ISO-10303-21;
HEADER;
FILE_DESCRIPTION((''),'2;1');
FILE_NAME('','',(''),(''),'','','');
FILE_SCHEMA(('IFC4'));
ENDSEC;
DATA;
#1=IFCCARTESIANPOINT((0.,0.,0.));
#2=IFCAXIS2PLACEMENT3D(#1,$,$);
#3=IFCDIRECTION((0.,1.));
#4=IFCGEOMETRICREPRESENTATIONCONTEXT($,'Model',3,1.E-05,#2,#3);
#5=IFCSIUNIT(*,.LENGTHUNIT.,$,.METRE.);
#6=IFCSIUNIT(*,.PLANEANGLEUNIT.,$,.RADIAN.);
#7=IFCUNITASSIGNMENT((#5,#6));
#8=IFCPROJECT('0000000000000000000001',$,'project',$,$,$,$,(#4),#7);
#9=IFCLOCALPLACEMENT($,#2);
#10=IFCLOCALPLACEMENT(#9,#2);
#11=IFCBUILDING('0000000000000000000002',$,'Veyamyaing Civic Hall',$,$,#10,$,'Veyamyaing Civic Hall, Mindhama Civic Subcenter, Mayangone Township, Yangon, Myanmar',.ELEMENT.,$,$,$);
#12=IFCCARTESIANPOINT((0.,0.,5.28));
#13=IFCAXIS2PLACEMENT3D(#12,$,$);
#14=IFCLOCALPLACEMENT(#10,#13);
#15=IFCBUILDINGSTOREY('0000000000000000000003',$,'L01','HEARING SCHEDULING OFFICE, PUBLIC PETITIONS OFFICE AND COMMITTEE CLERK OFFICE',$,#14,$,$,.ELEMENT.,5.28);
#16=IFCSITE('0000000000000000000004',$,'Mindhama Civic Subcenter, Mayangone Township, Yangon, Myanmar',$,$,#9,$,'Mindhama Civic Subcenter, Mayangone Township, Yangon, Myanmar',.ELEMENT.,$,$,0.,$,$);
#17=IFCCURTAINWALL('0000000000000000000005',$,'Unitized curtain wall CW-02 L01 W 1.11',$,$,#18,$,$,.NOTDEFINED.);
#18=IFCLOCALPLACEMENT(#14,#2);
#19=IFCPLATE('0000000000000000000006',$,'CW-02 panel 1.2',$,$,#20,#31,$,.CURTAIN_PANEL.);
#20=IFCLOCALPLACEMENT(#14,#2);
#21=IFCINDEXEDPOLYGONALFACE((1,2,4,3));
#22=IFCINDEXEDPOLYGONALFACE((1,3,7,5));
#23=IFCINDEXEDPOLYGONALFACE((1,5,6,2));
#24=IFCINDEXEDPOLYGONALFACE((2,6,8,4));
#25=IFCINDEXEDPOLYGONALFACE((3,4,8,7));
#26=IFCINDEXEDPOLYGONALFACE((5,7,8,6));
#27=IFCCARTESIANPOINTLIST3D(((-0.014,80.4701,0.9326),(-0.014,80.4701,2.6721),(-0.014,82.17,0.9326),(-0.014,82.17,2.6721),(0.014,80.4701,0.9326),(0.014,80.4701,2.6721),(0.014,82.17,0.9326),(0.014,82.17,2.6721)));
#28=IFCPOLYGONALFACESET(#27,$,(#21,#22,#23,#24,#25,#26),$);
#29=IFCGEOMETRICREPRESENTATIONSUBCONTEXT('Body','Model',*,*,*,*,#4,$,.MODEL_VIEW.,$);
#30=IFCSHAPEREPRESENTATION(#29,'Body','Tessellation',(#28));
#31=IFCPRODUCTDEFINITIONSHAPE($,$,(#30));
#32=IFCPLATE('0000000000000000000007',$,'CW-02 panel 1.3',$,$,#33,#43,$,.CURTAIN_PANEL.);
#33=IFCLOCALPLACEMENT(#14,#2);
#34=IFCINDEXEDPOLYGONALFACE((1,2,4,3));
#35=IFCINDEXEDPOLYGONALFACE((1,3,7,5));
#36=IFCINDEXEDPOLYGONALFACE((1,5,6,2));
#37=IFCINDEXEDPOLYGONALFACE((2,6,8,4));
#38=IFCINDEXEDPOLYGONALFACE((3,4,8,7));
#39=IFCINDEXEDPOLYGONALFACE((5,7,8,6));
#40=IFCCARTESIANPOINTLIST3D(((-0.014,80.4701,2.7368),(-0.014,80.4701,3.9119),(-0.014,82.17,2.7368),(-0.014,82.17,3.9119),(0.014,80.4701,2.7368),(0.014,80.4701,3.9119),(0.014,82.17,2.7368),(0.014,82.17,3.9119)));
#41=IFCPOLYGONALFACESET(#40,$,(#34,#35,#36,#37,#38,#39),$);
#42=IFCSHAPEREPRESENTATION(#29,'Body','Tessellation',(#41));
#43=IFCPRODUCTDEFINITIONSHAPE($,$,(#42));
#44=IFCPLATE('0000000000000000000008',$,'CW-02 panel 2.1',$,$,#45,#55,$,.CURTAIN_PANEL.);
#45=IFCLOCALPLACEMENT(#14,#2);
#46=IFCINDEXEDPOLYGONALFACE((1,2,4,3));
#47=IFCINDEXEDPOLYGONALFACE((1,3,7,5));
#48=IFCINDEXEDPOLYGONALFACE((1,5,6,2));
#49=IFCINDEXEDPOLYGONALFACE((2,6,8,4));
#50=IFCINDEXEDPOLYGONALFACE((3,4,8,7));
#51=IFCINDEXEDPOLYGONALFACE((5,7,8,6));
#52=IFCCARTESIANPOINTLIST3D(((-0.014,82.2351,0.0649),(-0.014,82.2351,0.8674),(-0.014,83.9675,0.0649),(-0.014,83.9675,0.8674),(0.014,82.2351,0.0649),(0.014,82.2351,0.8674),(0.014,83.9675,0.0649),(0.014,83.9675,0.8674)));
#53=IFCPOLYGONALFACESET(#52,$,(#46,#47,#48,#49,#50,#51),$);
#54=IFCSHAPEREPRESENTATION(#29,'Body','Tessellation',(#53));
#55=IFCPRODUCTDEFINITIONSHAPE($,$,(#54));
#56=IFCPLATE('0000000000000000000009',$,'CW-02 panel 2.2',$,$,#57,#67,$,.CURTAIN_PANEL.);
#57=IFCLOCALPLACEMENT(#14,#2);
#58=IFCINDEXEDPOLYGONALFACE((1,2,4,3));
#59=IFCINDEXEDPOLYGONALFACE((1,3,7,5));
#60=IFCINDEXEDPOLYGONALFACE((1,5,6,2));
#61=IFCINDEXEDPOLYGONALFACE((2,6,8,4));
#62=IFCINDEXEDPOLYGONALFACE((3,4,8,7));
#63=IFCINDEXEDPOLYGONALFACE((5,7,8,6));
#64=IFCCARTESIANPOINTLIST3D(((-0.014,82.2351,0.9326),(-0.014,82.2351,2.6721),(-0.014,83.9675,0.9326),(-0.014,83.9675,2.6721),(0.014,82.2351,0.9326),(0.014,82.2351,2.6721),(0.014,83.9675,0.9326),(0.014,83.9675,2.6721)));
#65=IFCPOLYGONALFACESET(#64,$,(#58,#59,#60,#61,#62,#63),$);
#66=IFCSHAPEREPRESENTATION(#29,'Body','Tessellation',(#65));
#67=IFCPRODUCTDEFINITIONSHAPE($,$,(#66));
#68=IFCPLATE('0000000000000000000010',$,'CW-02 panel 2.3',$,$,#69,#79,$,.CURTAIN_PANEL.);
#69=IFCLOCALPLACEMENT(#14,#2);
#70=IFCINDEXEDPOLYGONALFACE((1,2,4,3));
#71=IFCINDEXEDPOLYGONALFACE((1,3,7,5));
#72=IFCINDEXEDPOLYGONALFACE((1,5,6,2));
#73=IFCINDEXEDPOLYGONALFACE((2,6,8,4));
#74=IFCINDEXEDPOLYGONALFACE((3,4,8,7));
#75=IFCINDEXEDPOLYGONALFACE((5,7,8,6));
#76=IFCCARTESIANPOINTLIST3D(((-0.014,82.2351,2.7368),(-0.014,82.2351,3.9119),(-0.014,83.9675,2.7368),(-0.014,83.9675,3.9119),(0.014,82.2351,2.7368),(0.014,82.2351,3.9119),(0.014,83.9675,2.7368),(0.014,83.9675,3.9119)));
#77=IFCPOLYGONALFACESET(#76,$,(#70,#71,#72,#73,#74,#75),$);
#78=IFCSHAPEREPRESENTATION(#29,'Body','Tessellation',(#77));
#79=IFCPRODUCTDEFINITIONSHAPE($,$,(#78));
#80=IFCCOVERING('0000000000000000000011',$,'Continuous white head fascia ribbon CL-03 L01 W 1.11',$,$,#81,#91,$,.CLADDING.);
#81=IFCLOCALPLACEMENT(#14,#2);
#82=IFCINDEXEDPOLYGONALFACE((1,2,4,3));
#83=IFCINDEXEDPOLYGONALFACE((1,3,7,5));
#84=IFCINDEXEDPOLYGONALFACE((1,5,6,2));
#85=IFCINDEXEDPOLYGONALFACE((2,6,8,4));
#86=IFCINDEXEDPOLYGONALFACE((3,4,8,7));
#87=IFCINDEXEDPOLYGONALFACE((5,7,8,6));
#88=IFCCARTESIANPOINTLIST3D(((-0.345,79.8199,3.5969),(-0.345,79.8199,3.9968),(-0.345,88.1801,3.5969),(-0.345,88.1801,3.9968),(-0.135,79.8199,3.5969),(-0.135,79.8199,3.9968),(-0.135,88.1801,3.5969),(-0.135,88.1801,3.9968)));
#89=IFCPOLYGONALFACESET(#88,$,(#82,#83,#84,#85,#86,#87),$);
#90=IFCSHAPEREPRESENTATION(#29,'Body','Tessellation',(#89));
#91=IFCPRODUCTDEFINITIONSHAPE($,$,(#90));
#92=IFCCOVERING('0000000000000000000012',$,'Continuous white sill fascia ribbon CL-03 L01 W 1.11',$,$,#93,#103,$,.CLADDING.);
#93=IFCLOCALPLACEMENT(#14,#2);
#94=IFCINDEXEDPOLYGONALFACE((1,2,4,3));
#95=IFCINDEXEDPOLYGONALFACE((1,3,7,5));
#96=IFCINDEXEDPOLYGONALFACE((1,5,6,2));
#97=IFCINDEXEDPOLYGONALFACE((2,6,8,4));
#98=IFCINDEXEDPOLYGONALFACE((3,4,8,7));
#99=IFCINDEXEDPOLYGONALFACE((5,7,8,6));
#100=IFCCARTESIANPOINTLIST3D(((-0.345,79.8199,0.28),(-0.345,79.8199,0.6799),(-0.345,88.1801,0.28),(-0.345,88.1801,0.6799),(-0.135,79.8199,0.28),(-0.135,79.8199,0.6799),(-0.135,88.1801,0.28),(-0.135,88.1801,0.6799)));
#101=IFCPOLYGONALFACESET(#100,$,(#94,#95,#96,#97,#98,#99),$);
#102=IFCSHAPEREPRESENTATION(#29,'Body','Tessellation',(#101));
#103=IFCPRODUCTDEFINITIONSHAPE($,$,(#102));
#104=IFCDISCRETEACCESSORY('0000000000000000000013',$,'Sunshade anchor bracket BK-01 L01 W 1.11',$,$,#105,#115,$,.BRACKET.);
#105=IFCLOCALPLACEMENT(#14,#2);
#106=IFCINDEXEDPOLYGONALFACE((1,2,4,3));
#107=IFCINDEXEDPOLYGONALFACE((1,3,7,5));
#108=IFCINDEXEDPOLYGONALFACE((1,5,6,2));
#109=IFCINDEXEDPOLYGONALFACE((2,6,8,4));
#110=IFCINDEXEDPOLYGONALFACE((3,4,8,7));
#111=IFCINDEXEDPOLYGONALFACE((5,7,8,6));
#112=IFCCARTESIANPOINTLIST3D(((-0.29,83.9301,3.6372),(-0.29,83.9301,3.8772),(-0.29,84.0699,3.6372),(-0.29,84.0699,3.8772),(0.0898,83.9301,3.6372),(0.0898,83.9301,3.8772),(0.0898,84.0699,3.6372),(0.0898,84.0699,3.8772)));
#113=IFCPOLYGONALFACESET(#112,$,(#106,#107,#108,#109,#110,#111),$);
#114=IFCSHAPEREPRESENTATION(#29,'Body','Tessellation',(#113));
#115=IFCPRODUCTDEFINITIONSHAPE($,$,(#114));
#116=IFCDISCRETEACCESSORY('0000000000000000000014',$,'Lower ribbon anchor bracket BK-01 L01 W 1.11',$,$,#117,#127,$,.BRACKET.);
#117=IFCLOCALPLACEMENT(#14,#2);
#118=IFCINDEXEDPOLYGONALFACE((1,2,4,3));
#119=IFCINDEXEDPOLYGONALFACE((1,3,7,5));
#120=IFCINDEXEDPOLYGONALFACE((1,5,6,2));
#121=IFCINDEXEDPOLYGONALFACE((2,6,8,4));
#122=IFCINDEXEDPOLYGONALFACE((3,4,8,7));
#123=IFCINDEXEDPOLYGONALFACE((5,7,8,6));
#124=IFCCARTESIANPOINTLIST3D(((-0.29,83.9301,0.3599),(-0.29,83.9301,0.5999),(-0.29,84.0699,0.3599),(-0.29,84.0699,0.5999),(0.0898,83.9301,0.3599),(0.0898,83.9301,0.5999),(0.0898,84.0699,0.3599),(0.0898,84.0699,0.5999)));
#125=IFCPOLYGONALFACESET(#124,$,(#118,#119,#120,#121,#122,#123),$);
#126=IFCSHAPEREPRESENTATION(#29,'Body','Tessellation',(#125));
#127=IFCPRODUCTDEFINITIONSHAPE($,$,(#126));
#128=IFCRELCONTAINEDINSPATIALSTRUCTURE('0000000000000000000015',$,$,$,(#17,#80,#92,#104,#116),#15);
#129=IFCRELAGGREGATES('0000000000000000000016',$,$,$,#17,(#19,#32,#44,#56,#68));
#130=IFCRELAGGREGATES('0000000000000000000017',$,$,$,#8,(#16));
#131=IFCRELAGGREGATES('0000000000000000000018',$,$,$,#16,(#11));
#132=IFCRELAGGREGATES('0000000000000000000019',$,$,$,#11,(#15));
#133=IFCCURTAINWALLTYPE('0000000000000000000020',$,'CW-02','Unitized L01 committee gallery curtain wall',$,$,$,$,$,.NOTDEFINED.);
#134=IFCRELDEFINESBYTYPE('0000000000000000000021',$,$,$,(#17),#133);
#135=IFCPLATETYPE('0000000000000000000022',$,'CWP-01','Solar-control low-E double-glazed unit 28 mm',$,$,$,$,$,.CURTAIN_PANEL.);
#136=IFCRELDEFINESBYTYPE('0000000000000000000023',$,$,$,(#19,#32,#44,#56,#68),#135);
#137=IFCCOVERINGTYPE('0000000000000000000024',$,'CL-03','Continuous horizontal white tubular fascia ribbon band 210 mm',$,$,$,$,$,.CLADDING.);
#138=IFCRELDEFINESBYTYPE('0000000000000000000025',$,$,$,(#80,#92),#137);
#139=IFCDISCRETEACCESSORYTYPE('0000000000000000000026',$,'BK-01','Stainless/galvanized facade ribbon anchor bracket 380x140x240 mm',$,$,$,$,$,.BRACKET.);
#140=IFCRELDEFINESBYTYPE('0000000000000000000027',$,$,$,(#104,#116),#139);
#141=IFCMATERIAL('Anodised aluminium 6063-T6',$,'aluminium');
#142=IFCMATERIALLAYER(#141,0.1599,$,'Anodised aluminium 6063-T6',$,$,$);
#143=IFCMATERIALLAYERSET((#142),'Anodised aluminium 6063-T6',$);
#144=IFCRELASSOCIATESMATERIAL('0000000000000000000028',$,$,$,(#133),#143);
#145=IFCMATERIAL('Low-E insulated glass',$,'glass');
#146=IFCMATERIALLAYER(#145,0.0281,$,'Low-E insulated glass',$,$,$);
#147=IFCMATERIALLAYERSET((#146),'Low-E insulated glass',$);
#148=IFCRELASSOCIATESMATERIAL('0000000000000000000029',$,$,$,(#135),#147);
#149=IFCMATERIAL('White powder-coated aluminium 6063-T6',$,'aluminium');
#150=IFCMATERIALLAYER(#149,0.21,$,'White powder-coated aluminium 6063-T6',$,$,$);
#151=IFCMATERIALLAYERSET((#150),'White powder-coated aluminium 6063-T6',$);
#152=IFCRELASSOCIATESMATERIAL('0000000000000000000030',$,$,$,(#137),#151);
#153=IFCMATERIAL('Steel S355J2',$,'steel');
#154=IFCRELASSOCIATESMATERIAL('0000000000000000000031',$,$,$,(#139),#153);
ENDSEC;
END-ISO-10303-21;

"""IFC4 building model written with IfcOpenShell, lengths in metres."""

from ifc_helpers import new_model, si_unit, direction, frame, origin, origin_2d, place, context, subcontext, project, spatial, rectangle, extrude, material, layer, layer_set, type_object, element, aggregate, save


model = new_model("IFC4")

# Units and contexts
model_context = context("Model", 3, precision=1e-05, world=origin(), true_north=direction((0.0, 1.0)))
body_context = subcontext(model_context, "Body", "Model", "MODEL_VIEW")
ifc_project = project(units=[si_unit("LENGTHUNIT", "METRE"), si_unit("PLANEANGLEUNIT", "RADIAN")], contexts=[model_context])

# Site, building, storey
site_placement = place(None, origin())
site = spatial("IfcSite", under=ifc_project, at=site_placement, Name="Mindhama Civic Subcenter, Mayangone Township, Yangon, Myanmar", LongName="Mindhama Civic Subcenter, Mayangone Township, Yangon, Myanmar", CompositionType="ELEMENT", RefElevation=0.0)
building_placement = place(site_placement, origin())
building = spatial("IfcBuilding", under=site, at=building_placement, Name="Veyamyaing Civic Hall", LongName="Veyamyaing Civic Hall, Mindhama Civic Subcenter, Mayangone Township, Yangon, Myanmar", CompositionType="ELEMENT")
storey_placement = place(building_placement, frame((0.0, 0.0, 5.28)))
storey = spatial("IfcBuildingStorey", under=building, at=storey_placement, Name="L01", Description="HEARING SCHEDULING OFFICE, PUBLIC PETITIONS OFFICE AND COMMITTEE CLERK OFFICE", CompositionType="ELEMENT", Elevation=5.28)

# Curtain wall
ifc_material_1 = material(Name="Anodised aluminium 6063-T6", Category="aluminium")
ifc_layer_1 = layer(ifc_material_1, 0.1599, Name="Anodised aluminium 6063-T6")
ifc_layer_set_1 = layer_set([ifc_layer_1], Name="Anodised aluminium 6063-T6")
curtain_wall_type = type_object("IfcCurtainWallType", Name="CW-02", Description="Unitized L01 committee gallery curtain wall", PredefinedType="NOTDEFINED", material=ifc_layer_set_1)
curtain_wall_placement = place(storey_placement, origin())
curtain_wall = element("IfcCurtainWall", 1, at=curtain_wall_placement, inside=storey, type_object=curtain_wall_type, Name="Unitized curtain wall CW-02 L01 W 1.11", PredefinedType="NOTDEFINED")

# Plates
ifc_material_2 = material(Name="Low-E insulated glass", Category="glass")
ifc_layer_2 = layer(ifc_material_2, 0.0281, Name="Low-E insulated glass")
ifc_layer_set_2 = layer_set([ifc_layer_2], Name="Low-E insulated glass")
plate_type = type_object("IfcPlateType", Name="CWP-01", Description="Solar-control low-E double-glazed unit 28 mm", PredefinedType="CURTAIN_PANEL", material=ifc_layer_set_2)
plate_1_placement = place(storey_placement, frame((0.0, 81.3201, 0.9326), z_axis=(0.0, 0.0, 1.0), x_axis=(0.0, 1.0, 0.0)))
plate_1 = element("IfcPlate", 2, at=plate_1_placement, type_object=plate_type, Name="CW-02 panel 1.2", PredefinedType="CURTAIN_PANEL", context=body_context, shape_type="SweptSolid", body=[
    extrude(rectangle(XDim=1.7, YDim=0.0281, at=origin_2d()), origin(), (0.0, 0.0, 1.0), 1.7395),
])
plate_2_placement = place(storey_placement, frame((0.0, 81.3201, 2.7368), z_axis=(0.0, 0.0, 1.0), x_axis=(0.0, 1.0, 0.0)))
plate_2 = element("IfcPlate", 3, at=plate_2_placement, type_object=plate_type, Name="CW-02 panel 1.3", PredefinedType="CURTAIN_PANEL", context=body_context, shape_type="SweptSolid", body=[
    extrude(rectangle(XDim=1.7, YDim=0.0281, at=origin_2d()), origin(), (0.0, 0.0, 1.0), 1.175),
])
plate_3_placement = place(storey_placement, frame((0.0, 83.1013, 0.0649), z_axis=(0.0, 0.0, 1.0), x_axis=(0.0, 1.0, 0.0)))
plate_3 = element("IfcPlate", 4, at=plate_3_placement, type_object=plate_type, Name="CW-02 panel 2.1", PredefinedType="CURTAIN_PANEL", context=body_context, shape_type="SweptSolid", body=[
    extrude(rectangle(XDim=1.7324, YDim=0.0281, at=origin_2d()), origin(), (0.0, 0.0, 1.0), 0.8025),
])
plate_4_placement = place(storey_placement, frame((0.0, 83.1013, 0.9326), z_axis=(0.0, 0.0, 1.0), x_axis=(0.0, 1.0, 0.0)))
plate_4 = element("IfcPlate", 5, at=plate_4_placement, type_object=plate_type, Name="CW-02 panel 2.2", PredefinedType="CURTAIN_PANEL", context=body_context, shape_type="SweptSolid", body=[
    extrude(rectangle(XDim=1.7324, YDim=0.0281, at=origin_2d()), origin(), (0.0, 0.0, 1.0), 1.7395),
])
plate_5_placement = place(storey_placement, frame((0.0, 83.1013, 2.7368), z_axis=(0.0, 0.0, 1.0), x_axis=(0.0, 1.0, 0.0)))
plate_5 = element("IfcPlate", 6, at=plate_5_placement, type_object=plate_type, Name="CW-02 panel 2.3", PredefinedType="CURTAIN_PANEL", context=body_context, shape_type="SweptSolid", body=[
    extrude(rectangle(XDim=1.7324, YDim=0.0281, at=origin_2d()), origin(), (0.0, 0.0, 1.0), 1.175),
])
aggregate(curtain_wall, [plate_1, plate_2, plate_3, plate_4, plate_5])

# Coverings
ifc_material_3 = material(Name="White powder-coated aluminium 6063-T6", Category="aluminium")
ifc_layer_3 = layer(ifc_material_3, 0.21, Name="White powder-coated aluminium 6063-T6")
ifc_layer_set_3 = layer_set([ifc_layer_3], Name="White powder-coated aluminium 6063-T6")
covering_type = type_object("IfcCoveringType", Name="CL-03", Description="Continuous horizontal white tubular fascia ribbon band 210 mm", PredefinedType="CLADDING", material=ifc_layer_set_3)
for number, where, z_axis, x_axis, name in (
    (7, (-0.24, 84.0, 3.5969), (0.0, 0.0, 1.0), (0.0, 1.0, 0.0), "Continuous white head fascia ribbon CL-03 L01 W 1.11"),
    (8, (-0.24, 84.0, 0.28), (0.0, 0.0, 1.0), (0.0, 1.0, 0.0), "Continuous white sill fascia ribbon CL-03 L01 W 1.11"),
):
    element("IfcCovering", number, at=place(storey_placement, frame(where, z_axis=z_axis, x_axis=x_axis)), inside=storey, type_object=covering_type, Name=name, PredefinedType="CLADDING", context=body_context, shape_type="SweptSolid", body=[
        extrude(rectangle(XDim=8.3601, YDim=0.21, at=origin_2d()), origin(), (0.0, 0.0, 1.0), 0.3999),
    ])

# Discrete accessories
ifc_material_4 = material(Name="Steel S355J2", Category="steel")
discrete_accessory_type = type_object("IfcDiscreteAccessoryType", Name="BK-01", Description="Stainless/galvanized facade ribbon anchor bracket 380x140x240 mm", PredefinedType="BRACKET", material=ifc_material_4)
for number, where, z_axis, x_axis, name in (
    (9, (-0.1001, 84.0, 3.6372), (0.0, 0.0, 1.0), (-1.0, 0.0, 0.0), "Sunshade anchor bracket BK-01 L01 W 1.11"),
    (10, (-0.1001, 84.0, 0.3599), (0.0, 0.0, 1.0), (-1.0, 0.0, 0.0), "Lower ribbon anchor bracket BK-01 L01 W 1.11"),
):
    element("IfcDiscreteAccessory", number, at=place(storey_placement, frame(where, z_axis=z_axis, x_axis=x_axis)), inside=storey, type_object=discrete_accessory_type, Name=name, PredefinedType="BRACKET", context=body_context, shape_type="SweptSolid", body=[
        extrude(rectangle(XDim=0.3799, YDim=0.1399, at=origin_2d()), origin(), (0.0, 0.0, 1.0), 0.24),
    ])

save(model, "model.ifc")
